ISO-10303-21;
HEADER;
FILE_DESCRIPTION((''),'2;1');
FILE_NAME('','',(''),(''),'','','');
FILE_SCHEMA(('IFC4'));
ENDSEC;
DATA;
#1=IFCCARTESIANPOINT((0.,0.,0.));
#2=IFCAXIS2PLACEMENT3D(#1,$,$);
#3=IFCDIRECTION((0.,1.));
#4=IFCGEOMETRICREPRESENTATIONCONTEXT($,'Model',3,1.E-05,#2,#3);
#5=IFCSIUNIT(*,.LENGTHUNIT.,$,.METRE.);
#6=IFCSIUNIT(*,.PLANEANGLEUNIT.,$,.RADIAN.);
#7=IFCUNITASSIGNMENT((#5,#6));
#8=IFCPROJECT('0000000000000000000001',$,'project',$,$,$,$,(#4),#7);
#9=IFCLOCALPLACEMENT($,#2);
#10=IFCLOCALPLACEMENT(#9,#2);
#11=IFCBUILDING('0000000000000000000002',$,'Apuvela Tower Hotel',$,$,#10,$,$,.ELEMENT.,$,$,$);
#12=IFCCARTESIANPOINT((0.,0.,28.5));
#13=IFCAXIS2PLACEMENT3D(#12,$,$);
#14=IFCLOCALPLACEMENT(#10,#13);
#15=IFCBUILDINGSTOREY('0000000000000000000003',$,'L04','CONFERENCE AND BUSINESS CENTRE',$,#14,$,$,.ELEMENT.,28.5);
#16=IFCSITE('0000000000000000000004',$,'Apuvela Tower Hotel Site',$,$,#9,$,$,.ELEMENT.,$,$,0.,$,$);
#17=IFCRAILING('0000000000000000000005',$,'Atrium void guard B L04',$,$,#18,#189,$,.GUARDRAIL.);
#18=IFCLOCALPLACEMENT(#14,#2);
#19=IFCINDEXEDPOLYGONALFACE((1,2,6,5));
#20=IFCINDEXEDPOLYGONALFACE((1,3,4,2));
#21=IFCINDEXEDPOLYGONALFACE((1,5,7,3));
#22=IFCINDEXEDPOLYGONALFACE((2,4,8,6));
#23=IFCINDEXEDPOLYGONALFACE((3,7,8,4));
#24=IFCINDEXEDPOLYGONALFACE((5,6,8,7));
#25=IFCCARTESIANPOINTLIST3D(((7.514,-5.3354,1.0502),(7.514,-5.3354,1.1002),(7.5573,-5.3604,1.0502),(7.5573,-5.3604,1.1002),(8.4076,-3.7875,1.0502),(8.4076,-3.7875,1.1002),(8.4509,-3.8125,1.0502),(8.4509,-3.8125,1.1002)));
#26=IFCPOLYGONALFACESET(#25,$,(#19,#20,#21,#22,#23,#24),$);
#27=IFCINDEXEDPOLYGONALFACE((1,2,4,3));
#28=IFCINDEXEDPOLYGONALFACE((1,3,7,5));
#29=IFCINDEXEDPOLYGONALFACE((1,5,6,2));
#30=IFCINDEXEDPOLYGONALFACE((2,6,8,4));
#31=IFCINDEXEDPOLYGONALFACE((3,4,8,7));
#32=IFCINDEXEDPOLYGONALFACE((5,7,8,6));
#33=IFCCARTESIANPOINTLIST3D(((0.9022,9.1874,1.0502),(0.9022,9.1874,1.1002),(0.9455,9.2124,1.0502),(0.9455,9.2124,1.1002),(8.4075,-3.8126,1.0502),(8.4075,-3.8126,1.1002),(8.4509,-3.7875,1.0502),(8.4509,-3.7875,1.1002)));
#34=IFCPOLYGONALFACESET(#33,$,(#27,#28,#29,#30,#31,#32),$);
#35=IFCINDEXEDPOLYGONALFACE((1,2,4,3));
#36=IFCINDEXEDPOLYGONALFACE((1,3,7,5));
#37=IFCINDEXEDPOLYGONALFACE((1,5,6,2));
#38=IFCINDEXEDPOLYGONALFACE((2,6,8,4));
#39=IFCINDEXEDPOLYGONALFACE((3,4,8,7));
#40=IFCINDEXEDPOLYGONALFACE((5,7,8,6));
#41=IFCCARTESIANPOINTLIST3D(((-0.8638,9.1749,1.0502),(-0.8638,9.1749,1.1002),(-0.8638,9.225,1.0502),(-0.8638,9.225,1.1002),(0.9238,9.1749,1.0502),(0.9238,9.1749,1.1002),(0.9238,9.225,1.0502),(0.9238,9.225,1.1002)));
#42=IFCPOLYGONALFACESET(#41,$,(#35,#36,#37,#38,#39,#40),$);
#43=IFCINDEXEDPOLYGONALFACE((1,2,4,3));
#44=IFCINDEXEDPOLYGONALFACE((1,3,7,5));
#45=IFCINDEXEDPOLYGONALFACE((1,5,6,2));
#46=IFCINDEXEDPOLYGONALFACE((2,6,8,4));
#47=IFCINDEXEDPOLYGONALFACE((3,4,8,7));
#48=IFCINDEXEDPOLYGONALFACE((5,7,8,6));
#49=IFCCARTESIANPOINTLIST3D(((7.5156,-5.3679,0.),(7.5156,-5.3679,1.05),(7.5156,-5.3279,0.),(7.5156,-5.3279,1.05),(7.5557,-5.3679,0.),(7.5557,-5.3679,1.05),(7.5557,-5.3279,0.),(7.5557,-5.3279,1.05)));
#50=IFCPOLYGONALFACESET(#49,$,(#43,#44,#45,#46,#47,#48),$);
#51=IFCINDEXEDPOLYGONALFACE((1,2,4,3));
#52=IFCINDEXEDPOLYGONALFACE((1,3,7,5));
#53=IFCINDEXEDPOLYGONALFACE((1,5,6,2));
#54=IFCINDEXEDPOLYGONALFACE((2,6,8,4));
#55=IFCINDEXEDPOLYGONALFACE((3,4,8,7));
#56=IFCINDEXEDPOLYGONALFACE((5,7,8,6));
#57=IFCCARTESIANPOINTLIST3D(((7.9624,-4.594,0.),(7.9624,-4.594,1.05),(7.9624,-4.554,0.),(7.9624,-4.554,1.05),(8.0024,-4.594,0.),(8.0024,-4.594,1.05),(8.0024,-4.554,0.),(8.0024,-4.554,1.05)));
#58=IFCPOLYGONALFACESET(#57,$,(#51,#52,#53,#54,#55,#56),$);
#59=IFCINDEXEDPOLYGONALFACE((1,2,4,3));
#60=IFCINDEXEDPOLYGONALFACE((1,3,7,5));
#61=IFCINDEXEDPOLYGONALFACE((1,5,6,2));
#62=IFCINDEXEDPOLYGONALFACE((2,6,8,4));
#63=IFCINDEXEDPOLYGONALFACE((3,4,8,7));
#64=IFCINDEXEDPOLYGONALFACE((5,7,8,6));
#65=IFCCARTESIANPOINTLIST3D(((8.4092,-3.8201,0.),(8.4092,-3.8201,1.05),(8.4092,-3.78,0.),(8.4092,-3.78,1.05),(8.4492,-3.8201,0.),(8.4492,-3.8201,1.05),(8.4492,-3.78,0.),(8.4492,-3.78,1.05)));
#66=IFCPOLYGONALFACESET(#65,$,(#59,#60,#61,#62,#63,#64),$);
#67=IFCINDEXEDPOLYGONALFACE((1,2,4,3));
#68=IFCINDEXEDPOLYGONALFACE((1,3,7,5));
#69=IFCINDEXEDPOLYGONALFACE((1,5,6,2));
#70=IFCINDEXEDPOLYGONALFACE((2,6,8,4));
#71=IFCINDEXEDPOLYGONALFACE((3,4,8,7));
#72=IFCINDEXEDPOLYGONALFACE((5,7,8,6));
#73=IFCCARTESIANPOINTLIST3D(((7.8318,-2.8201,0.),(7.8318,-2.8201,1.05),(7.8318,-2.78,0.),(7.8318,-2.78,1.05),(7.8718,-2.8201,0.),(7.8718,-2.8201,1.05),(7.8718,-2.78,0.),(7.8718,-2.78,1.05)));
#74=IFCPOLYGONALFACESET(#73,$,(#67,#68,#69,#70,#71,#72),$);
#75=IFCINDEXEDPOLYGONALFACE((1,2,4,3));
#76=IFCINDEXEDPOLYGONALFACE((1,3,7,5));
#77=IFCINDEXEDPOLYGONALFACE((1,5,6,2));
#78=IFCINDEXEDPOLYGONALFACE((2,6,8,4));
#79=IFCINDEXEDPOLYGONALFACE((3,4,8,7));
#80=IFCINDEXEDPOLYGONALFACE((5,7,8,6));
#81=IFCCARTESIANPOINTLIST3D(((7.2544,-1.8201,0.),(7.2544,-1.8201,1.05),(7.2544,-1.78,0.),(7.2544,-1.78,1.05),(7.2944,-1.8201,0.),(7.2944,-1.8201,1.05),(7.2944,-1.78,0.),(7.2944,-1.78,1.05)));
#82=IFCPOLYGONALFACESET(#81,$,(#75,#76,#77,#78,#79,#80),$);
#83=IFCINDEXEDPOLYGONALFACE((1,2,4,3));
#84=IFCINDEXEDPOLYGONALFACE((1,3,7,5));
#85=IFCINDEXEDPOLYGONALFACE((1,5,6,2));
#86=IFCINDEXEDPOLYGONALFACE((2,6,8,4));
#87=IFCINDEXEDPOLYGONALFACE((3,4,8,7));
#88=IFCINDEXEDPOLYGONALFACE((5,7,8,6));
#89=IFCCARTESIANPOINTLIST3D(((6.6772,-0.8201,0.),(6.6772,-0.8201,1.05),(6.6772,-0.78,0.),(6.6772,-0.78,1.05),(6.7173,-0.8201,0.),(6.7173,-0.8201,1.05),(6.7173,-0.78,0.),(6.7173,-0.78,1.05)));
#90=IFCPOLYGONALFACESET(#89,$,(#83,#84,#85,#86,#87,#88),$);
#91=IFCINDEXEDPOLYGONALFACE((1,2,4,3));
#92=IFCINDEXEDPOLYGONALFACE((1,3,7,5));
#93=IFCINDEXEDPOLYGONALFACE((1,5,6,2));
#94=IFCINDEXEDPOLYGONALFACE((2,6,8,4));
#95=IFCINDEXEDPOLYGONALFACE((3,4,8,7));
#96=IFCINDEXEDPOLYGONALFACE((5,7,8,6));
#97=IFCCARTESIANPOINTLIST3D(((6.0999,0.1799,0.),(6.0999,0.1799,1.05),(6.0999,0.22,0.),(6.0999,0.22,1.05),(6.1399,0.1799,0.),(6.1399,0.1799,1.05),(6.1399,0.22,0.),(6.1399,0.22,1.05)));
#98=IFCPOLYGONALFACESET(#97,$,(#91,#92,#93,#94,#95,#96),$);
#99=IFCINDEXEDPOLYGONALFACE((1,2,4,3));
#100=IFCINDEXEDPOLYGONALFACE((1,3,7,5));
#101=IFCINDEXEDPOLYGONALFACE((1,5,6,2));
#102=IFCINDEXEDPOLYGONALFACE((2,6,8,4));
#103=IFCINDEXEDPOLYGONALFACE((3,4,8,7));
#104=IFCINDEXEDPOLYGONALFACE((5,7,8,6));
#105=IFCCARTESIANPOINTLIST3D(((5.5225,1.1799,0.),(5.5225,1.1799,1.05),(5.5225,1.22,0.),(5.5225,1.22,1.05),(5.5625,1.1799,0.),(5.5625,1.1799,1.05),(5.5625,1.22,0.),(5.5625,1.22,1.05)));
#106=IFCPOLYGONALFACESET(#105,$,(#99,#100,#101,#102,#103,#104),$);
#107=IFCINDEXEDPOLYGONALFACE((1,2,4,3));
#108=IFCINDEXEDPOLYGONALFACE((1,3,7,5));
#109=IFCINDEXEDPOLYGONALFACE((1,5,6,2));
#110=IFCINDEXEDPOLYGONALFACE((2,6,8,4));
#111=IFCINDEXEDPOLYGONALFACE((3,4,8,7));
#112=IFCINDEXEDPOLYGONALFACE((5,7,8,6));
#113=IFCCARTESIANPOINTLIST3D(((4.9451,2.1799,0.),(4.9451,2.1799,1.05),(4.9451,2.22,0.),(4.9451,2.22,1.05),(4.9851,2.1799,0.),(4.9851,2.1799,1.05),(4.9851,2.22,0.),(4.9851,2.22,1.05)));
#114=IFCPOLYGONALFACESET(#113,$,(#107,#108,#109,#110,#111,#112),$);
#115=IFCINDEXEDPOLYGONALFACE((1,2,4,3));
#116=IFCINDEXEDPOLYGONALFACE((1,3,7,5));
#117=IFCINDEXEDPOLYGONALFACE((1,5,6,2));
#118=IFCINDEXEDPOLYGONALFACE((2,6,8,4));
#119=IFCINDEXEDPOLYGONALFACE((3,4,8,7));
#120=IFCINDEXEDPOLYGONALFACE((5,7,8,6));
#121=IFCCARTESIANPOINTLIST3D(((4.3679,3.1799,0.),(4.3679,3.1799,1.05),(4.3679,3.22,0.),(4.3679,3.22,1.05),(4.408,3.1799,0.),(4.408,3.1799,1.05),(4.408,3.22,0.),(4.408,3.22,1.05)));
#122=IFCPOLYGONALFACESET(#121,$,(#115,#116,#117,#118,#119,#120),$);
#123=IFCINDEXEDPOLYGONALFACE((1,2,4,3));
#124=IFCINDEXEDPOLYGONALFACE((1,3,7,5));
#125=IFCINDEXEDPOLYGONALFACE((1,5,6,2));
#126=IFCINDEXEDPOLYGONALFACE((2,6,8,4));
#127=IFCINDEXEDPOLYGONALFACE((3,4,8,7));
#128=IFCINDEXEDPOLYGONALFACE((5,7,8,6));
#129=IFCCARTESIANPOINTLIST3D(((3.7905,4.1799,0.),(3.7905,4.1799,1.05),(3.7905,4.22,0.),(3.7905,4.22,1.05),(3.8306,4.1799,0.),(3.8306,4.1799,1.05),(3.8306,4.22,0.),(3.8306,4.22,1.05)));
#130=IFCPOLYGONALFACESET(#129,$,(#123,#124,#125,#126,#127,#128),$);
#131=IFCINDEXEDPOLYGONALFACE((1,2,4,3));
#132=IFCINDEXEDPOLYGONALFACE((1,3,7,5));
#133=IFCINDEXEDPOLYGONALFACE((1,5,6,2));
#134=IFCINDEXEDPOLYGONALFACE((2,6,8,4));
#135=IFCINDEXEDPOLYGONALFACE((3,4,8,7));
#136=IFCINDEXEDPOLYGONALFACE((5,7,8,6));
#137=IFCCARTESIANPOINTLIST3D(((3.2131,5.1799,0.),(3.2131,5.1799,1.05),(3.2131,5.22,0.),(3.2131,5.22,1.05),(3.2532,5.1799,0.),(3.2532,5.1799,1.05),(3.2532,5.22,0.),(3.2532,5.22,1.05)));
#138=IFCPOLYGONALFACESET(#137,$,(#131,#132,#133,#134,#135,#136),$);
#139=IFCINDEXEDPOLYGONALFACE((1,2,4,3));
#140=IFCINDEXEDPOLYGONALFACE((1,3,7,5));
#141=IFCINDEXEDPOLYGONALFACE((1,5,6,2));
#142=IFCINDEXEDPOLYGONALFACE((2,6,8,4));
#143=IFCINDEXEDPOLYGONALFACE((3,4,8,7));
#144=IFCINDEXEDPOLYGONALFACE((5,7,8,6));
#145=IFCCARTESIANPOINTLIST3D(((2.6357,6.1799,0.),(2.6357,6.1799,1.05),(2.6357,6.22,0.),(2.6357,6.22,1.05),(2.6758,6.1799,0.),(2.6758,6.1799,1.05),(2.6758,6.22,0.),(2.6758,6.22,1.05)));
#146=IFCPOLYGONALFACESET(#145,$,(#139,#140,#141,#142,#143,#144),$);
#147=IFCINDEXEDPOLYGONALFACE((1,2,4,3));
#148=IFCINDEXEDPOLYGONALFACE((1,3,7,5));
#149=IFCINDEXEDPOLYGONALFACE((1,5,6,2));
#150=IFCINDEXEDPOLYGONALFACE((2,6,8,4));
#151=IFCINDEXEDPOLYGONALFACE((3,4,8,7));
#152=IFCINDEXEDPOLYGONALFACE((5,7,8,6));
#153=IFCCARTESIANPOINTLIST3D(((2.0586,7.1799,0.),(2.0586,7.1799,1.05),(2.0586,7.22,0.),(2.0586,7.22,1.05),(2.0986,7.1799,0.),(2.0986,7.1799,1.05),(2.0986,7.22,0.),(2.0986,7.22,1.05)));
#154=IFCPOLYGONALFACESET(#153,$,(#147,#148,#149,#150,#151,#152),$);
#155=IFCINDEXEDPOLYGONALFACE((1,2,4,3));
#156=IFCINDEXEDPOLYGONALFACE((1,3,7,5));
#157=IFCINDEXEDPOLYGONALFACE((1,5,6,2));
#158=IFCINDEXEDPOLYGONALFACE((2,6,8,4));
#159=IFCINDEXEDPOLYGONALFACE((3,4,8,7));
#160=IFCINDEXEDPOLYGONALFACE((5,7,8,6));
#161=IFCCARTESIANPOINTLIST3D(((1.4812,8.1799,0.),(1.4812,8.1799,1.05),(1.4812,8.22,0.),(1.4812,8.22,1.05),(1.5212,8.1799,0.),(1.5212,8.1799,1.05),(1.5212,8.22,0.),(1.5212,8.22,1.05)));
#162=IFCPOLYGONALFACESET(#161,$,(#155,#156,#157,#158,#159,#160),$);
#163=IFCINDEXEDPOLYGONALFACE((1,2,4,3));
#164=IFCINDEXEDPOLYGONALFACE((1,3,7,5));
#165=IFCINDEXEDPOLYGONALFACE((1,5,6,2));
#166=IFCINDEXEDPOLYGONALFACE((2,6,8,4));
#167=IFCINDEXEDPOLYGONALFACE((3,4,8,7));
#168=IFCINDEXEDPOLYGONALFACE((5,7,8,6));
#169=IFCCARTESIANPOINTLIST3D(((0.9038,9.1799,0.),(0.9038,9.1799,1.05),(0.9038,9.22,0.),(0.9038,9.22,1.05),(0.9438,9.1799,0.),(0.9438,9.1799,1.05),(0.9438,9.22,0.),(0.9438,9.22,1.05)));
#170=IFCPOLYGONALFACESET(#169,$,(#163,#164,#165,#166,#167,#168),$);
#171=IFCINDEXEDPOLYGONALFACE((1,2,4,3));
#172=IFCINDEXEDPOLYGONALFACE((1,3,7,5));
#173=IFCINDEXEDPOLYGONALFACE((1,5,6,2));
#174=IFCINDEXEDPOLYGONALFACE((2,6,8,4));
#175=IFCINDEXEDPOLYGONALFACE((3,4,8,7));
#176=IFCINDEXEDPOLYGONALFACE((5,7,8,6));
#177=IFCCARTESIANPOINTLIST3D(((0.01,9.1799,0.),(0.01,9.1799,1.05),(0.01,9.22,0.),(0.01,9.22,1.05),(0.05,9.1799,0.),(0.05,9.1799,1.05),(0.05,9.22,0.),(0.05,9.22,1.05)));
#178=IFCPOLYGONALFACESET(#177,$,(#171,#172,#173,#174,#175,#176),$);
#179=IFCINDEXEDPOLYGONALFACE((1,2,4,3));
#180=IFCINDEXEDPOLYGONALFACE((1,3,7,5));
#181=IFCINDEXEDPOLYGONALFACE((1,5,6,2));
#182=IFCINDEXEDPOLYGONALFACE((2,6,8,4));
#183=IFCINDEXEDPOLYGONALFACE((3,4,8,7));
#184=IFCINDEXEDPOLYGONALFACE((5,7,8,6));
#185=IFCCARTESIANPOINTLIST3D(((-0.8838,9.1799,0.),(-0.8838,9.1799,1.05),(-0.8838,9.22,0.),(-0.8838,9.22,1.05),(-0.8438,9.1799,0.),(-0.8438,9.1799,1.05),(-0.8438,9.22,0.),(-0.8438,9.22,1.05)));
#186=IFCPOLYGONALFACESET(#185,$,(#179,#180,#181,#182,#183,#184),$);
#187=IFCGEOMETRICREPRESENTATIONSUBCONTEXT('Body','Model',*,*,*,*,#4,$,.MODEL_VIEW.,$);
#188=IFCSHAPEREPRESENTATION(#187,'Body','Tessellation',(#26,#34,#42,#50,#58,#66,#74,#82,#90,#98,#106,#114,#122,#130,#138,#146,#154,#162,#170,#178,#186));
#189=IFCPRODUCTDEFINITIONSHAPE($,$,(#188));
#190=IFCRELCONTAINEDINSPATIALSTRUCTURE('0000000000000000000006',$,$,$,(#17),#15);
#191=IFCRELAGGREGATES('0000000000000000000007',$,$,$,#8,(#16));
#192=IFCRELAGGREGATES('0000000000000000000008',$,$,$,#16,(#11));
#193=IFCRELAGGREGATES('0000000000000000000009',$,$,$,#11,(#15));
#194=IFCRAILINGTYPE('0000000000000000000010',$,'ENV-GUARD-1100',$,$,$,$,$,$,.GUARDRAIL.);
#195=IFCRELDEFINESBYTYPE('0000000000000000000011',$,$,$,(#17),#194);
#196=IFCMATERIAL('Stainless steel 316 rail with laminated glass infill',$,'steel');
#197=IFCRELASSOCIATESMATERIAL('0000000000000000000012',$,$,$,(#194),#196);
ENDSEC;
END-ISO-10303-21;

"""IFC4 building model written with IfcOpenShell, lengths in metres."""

from ifc_helpers import new_model, si_unit, direction, frame, origin, origin_2d, place, context, subcontext, project, spatial, rectangle, extrude, material, type_object, element, save


model = new_model("IFC4")

# Units and contexts
model_context = context("Model", 3, precision=1e-05, world=origin(), true_north=direction((0.0, 1.0)))
body_context = subcontext(model_context, "Body", "Model", "MODEL_VIEW")
ifc_project = project(units=[si_unit("LENGTHUNIT", "METRE"), si_unit("PLANEANGLEUNIT", "RADIAN")], contexts=[model_context])

# Site, building, storey
site_placement = place(None, origin())
site = spatial("IfcSite", under=ifc_project, at=site_placement, Name="Apuvela Tower Hotel Site", CompositionType="ELEMENT", RefElevation=0.0)
building_placement = place(site_placement, origin())
building = spatial("IfcBuilding", under=site, at=building_placement, Name="Apuvela Tower Hotel", CompositionType="ELEMENT")
storey_placement = place(building_placement, frame((0.0, 0.0, 28.5)))
storey = spatial("IfcBuildingStorey", under=building, at=storey_placement, Name="L04", Description="CONFERENCE AND BUSINESS CENTRE", CompositionType="ELEMENT", Elevation=28.5)

# Railing
ifc_material_1 = material(Name="Stainless steel 316 rail with laminated glass infill", Category="steel")
railing_type_1 = type_object("IfcRailingType", Name="ENV-GUARD-1100", PredefinedType="GUARDRAIL", material=ifc_material_1)
railing_1_placement = place(storey_placement, frame((7.5356, -5.3479, 0.0)))
element("IfcRailing", 1, at=railing_1_placement, inside=storey, type_object=railing_type_1, Name="Atrium void guard B L04", PredefinedType="GUARDRAIL", context=body_context, shape_type="SweptSolid", body=[
    extrude(rectangle(XDim=0.05, YDim=0.05, at=origin_2d()), frame((0.0, 0.0, 1.0752), z_axis=(0.499959, 0.866049, 0.0), x_axis=(-0.866049, 0.499959, 0.0)), (0.0, 0.0, 1.0), 1.7874),
    extrude(rectangle(XDim=0.05, YDim=0.05, at=origin_2d()), frame((0.8936, 1.5479, 1.0752), z_axis=(-0.499991, 0.866031, 0.0), x_axis=(-0.866031, -0.499991, 0.0)), (0.0, 0.0, 1.0), 15.011),
    extrude(rectangle(XDim=0.05, YDim=0.05, at=origin_2d()), frame((-6.6118, 14.5479, 1.0752), z_axis=(-1.0, 0.0, 0.0), x_axis=(0.0, -1.0, 0.0)), (0.0, 0.0, 1.0), 1.7876),
    extrude(rectangle(XDim=0.04, YDim=0.04, at=origin_2d()), origin(), (0.0, 0.0, 1.0), 1.05),
    extrude(rectangle(XDim=0.04, YDim=0.04, at=origin_2d()), frame((0.4468, 0.7739, 0.0)), (0.0, 0.0, 1.0), 1.05),
    extrude(rectangle(XDim=0.04, YDim=0.04, at=origin_2d()), frame((0.8936, 1.5479, 0.0)), (0.0, 0.0, 1.0), 1.05),
    extrude(rectangle(XDim=0.04, YDim=0.04, at=origin_2d()), frame((0.3162, 2.5479, 0.0)), (0.0, 0.0, 1.0), 1.05),
    extrude(rectangle(XDim=0.04, YDim=0.04, at=origin_2d()), frame((-0.2612, 3.5479, 0.0)), (0.0, 0.0, 1.0), 1.05),
    extrude(rectangle(XDim=0.04, YDim=0.04, at=origin_2d()), frame((-0.8384, 4.5479, 0.0)), (0.0, 0.0, 1.0), 1.05),
    extrude(rectangle(XDim=0.04, YDim=0.04, at=origin_2d()), frame((-1.4158, 5.5479, 0.0)), (0.0, 0.0, 1.0), 1.05),
    extrude(rectangle(XDim=0.04, YDim=0.04, at=origin_2d()), frame((-1.9932, 6.5479, 0.0)), (0.0, 0.0, 1.0), 1.05),
    extrude(rectangle(XDim=0.04, YDim=0.04, at=origin_2d()), frame((-2.5706, 7.5479, 0.0)), (0.0, 0.0, 1.0), 1.05),
    extrude(rectangle(XDim=0.04, YDim=0.04, at=origin_2d()), frame((-3.1477, 8.5479, 0.0)), (0.0, 0.0, 1.0), 1.05),
    extrude(rectangle(XDim=0.04, YDim=0.04, at=origin_2d()), frame((-3.7251, 9.5479, 0.0)), (0.0, 0.0, 1.0), 1.05),
    extrude(rectangle(XDim=0.04, YDim=0.04, at=origin_2d()), frame((-4.3025, 10.5479, 0.0)), (0.0, 0.0, 1.0), 1.05),
    extrude(rectangle(XDim=0.04, YDim=0.04, at=origin_2d()), frame((-4.8799, 11.5479, 0.0)), (0.0, 0.0, 1.0), 1.05),
    extrude(rectangle(XDim=0.04, YDim=0.04, at=origin_2d()), frame((-5.457, 12.5479, 0.0)), (0.0, 0.0, 1.0), 1.05),
    extrude(rectangle(XDim=0.04, YDim=0.04, at=origin_2d()), frame((-6.0344, 13.5479, 0.0)), (0.0, 0.0, 1.0), 1.05),
    extrude(rectangle(XDim=0.04, YDim=0.04, at=origin_2d()), frame((-6.6118, 14.5479, 0.0)), (0.0, 0.0, 1.0), 1.05),
    extrude(rectangle(XDim=0.04, YDim=0.04, at=origin_2d()), frame((-7.5056, 14.5479, 0.0)), (0.0, 0.0, 1.0), 1.05),
    extrude(rectangle(XDim=0.04, YDim=0.04, at=origin_2d()), frame((-8.3994, 14.5479, 0.0)), (0.0, 0.0, 1.0), 1.05),
])

save(model, "model.ifc")
